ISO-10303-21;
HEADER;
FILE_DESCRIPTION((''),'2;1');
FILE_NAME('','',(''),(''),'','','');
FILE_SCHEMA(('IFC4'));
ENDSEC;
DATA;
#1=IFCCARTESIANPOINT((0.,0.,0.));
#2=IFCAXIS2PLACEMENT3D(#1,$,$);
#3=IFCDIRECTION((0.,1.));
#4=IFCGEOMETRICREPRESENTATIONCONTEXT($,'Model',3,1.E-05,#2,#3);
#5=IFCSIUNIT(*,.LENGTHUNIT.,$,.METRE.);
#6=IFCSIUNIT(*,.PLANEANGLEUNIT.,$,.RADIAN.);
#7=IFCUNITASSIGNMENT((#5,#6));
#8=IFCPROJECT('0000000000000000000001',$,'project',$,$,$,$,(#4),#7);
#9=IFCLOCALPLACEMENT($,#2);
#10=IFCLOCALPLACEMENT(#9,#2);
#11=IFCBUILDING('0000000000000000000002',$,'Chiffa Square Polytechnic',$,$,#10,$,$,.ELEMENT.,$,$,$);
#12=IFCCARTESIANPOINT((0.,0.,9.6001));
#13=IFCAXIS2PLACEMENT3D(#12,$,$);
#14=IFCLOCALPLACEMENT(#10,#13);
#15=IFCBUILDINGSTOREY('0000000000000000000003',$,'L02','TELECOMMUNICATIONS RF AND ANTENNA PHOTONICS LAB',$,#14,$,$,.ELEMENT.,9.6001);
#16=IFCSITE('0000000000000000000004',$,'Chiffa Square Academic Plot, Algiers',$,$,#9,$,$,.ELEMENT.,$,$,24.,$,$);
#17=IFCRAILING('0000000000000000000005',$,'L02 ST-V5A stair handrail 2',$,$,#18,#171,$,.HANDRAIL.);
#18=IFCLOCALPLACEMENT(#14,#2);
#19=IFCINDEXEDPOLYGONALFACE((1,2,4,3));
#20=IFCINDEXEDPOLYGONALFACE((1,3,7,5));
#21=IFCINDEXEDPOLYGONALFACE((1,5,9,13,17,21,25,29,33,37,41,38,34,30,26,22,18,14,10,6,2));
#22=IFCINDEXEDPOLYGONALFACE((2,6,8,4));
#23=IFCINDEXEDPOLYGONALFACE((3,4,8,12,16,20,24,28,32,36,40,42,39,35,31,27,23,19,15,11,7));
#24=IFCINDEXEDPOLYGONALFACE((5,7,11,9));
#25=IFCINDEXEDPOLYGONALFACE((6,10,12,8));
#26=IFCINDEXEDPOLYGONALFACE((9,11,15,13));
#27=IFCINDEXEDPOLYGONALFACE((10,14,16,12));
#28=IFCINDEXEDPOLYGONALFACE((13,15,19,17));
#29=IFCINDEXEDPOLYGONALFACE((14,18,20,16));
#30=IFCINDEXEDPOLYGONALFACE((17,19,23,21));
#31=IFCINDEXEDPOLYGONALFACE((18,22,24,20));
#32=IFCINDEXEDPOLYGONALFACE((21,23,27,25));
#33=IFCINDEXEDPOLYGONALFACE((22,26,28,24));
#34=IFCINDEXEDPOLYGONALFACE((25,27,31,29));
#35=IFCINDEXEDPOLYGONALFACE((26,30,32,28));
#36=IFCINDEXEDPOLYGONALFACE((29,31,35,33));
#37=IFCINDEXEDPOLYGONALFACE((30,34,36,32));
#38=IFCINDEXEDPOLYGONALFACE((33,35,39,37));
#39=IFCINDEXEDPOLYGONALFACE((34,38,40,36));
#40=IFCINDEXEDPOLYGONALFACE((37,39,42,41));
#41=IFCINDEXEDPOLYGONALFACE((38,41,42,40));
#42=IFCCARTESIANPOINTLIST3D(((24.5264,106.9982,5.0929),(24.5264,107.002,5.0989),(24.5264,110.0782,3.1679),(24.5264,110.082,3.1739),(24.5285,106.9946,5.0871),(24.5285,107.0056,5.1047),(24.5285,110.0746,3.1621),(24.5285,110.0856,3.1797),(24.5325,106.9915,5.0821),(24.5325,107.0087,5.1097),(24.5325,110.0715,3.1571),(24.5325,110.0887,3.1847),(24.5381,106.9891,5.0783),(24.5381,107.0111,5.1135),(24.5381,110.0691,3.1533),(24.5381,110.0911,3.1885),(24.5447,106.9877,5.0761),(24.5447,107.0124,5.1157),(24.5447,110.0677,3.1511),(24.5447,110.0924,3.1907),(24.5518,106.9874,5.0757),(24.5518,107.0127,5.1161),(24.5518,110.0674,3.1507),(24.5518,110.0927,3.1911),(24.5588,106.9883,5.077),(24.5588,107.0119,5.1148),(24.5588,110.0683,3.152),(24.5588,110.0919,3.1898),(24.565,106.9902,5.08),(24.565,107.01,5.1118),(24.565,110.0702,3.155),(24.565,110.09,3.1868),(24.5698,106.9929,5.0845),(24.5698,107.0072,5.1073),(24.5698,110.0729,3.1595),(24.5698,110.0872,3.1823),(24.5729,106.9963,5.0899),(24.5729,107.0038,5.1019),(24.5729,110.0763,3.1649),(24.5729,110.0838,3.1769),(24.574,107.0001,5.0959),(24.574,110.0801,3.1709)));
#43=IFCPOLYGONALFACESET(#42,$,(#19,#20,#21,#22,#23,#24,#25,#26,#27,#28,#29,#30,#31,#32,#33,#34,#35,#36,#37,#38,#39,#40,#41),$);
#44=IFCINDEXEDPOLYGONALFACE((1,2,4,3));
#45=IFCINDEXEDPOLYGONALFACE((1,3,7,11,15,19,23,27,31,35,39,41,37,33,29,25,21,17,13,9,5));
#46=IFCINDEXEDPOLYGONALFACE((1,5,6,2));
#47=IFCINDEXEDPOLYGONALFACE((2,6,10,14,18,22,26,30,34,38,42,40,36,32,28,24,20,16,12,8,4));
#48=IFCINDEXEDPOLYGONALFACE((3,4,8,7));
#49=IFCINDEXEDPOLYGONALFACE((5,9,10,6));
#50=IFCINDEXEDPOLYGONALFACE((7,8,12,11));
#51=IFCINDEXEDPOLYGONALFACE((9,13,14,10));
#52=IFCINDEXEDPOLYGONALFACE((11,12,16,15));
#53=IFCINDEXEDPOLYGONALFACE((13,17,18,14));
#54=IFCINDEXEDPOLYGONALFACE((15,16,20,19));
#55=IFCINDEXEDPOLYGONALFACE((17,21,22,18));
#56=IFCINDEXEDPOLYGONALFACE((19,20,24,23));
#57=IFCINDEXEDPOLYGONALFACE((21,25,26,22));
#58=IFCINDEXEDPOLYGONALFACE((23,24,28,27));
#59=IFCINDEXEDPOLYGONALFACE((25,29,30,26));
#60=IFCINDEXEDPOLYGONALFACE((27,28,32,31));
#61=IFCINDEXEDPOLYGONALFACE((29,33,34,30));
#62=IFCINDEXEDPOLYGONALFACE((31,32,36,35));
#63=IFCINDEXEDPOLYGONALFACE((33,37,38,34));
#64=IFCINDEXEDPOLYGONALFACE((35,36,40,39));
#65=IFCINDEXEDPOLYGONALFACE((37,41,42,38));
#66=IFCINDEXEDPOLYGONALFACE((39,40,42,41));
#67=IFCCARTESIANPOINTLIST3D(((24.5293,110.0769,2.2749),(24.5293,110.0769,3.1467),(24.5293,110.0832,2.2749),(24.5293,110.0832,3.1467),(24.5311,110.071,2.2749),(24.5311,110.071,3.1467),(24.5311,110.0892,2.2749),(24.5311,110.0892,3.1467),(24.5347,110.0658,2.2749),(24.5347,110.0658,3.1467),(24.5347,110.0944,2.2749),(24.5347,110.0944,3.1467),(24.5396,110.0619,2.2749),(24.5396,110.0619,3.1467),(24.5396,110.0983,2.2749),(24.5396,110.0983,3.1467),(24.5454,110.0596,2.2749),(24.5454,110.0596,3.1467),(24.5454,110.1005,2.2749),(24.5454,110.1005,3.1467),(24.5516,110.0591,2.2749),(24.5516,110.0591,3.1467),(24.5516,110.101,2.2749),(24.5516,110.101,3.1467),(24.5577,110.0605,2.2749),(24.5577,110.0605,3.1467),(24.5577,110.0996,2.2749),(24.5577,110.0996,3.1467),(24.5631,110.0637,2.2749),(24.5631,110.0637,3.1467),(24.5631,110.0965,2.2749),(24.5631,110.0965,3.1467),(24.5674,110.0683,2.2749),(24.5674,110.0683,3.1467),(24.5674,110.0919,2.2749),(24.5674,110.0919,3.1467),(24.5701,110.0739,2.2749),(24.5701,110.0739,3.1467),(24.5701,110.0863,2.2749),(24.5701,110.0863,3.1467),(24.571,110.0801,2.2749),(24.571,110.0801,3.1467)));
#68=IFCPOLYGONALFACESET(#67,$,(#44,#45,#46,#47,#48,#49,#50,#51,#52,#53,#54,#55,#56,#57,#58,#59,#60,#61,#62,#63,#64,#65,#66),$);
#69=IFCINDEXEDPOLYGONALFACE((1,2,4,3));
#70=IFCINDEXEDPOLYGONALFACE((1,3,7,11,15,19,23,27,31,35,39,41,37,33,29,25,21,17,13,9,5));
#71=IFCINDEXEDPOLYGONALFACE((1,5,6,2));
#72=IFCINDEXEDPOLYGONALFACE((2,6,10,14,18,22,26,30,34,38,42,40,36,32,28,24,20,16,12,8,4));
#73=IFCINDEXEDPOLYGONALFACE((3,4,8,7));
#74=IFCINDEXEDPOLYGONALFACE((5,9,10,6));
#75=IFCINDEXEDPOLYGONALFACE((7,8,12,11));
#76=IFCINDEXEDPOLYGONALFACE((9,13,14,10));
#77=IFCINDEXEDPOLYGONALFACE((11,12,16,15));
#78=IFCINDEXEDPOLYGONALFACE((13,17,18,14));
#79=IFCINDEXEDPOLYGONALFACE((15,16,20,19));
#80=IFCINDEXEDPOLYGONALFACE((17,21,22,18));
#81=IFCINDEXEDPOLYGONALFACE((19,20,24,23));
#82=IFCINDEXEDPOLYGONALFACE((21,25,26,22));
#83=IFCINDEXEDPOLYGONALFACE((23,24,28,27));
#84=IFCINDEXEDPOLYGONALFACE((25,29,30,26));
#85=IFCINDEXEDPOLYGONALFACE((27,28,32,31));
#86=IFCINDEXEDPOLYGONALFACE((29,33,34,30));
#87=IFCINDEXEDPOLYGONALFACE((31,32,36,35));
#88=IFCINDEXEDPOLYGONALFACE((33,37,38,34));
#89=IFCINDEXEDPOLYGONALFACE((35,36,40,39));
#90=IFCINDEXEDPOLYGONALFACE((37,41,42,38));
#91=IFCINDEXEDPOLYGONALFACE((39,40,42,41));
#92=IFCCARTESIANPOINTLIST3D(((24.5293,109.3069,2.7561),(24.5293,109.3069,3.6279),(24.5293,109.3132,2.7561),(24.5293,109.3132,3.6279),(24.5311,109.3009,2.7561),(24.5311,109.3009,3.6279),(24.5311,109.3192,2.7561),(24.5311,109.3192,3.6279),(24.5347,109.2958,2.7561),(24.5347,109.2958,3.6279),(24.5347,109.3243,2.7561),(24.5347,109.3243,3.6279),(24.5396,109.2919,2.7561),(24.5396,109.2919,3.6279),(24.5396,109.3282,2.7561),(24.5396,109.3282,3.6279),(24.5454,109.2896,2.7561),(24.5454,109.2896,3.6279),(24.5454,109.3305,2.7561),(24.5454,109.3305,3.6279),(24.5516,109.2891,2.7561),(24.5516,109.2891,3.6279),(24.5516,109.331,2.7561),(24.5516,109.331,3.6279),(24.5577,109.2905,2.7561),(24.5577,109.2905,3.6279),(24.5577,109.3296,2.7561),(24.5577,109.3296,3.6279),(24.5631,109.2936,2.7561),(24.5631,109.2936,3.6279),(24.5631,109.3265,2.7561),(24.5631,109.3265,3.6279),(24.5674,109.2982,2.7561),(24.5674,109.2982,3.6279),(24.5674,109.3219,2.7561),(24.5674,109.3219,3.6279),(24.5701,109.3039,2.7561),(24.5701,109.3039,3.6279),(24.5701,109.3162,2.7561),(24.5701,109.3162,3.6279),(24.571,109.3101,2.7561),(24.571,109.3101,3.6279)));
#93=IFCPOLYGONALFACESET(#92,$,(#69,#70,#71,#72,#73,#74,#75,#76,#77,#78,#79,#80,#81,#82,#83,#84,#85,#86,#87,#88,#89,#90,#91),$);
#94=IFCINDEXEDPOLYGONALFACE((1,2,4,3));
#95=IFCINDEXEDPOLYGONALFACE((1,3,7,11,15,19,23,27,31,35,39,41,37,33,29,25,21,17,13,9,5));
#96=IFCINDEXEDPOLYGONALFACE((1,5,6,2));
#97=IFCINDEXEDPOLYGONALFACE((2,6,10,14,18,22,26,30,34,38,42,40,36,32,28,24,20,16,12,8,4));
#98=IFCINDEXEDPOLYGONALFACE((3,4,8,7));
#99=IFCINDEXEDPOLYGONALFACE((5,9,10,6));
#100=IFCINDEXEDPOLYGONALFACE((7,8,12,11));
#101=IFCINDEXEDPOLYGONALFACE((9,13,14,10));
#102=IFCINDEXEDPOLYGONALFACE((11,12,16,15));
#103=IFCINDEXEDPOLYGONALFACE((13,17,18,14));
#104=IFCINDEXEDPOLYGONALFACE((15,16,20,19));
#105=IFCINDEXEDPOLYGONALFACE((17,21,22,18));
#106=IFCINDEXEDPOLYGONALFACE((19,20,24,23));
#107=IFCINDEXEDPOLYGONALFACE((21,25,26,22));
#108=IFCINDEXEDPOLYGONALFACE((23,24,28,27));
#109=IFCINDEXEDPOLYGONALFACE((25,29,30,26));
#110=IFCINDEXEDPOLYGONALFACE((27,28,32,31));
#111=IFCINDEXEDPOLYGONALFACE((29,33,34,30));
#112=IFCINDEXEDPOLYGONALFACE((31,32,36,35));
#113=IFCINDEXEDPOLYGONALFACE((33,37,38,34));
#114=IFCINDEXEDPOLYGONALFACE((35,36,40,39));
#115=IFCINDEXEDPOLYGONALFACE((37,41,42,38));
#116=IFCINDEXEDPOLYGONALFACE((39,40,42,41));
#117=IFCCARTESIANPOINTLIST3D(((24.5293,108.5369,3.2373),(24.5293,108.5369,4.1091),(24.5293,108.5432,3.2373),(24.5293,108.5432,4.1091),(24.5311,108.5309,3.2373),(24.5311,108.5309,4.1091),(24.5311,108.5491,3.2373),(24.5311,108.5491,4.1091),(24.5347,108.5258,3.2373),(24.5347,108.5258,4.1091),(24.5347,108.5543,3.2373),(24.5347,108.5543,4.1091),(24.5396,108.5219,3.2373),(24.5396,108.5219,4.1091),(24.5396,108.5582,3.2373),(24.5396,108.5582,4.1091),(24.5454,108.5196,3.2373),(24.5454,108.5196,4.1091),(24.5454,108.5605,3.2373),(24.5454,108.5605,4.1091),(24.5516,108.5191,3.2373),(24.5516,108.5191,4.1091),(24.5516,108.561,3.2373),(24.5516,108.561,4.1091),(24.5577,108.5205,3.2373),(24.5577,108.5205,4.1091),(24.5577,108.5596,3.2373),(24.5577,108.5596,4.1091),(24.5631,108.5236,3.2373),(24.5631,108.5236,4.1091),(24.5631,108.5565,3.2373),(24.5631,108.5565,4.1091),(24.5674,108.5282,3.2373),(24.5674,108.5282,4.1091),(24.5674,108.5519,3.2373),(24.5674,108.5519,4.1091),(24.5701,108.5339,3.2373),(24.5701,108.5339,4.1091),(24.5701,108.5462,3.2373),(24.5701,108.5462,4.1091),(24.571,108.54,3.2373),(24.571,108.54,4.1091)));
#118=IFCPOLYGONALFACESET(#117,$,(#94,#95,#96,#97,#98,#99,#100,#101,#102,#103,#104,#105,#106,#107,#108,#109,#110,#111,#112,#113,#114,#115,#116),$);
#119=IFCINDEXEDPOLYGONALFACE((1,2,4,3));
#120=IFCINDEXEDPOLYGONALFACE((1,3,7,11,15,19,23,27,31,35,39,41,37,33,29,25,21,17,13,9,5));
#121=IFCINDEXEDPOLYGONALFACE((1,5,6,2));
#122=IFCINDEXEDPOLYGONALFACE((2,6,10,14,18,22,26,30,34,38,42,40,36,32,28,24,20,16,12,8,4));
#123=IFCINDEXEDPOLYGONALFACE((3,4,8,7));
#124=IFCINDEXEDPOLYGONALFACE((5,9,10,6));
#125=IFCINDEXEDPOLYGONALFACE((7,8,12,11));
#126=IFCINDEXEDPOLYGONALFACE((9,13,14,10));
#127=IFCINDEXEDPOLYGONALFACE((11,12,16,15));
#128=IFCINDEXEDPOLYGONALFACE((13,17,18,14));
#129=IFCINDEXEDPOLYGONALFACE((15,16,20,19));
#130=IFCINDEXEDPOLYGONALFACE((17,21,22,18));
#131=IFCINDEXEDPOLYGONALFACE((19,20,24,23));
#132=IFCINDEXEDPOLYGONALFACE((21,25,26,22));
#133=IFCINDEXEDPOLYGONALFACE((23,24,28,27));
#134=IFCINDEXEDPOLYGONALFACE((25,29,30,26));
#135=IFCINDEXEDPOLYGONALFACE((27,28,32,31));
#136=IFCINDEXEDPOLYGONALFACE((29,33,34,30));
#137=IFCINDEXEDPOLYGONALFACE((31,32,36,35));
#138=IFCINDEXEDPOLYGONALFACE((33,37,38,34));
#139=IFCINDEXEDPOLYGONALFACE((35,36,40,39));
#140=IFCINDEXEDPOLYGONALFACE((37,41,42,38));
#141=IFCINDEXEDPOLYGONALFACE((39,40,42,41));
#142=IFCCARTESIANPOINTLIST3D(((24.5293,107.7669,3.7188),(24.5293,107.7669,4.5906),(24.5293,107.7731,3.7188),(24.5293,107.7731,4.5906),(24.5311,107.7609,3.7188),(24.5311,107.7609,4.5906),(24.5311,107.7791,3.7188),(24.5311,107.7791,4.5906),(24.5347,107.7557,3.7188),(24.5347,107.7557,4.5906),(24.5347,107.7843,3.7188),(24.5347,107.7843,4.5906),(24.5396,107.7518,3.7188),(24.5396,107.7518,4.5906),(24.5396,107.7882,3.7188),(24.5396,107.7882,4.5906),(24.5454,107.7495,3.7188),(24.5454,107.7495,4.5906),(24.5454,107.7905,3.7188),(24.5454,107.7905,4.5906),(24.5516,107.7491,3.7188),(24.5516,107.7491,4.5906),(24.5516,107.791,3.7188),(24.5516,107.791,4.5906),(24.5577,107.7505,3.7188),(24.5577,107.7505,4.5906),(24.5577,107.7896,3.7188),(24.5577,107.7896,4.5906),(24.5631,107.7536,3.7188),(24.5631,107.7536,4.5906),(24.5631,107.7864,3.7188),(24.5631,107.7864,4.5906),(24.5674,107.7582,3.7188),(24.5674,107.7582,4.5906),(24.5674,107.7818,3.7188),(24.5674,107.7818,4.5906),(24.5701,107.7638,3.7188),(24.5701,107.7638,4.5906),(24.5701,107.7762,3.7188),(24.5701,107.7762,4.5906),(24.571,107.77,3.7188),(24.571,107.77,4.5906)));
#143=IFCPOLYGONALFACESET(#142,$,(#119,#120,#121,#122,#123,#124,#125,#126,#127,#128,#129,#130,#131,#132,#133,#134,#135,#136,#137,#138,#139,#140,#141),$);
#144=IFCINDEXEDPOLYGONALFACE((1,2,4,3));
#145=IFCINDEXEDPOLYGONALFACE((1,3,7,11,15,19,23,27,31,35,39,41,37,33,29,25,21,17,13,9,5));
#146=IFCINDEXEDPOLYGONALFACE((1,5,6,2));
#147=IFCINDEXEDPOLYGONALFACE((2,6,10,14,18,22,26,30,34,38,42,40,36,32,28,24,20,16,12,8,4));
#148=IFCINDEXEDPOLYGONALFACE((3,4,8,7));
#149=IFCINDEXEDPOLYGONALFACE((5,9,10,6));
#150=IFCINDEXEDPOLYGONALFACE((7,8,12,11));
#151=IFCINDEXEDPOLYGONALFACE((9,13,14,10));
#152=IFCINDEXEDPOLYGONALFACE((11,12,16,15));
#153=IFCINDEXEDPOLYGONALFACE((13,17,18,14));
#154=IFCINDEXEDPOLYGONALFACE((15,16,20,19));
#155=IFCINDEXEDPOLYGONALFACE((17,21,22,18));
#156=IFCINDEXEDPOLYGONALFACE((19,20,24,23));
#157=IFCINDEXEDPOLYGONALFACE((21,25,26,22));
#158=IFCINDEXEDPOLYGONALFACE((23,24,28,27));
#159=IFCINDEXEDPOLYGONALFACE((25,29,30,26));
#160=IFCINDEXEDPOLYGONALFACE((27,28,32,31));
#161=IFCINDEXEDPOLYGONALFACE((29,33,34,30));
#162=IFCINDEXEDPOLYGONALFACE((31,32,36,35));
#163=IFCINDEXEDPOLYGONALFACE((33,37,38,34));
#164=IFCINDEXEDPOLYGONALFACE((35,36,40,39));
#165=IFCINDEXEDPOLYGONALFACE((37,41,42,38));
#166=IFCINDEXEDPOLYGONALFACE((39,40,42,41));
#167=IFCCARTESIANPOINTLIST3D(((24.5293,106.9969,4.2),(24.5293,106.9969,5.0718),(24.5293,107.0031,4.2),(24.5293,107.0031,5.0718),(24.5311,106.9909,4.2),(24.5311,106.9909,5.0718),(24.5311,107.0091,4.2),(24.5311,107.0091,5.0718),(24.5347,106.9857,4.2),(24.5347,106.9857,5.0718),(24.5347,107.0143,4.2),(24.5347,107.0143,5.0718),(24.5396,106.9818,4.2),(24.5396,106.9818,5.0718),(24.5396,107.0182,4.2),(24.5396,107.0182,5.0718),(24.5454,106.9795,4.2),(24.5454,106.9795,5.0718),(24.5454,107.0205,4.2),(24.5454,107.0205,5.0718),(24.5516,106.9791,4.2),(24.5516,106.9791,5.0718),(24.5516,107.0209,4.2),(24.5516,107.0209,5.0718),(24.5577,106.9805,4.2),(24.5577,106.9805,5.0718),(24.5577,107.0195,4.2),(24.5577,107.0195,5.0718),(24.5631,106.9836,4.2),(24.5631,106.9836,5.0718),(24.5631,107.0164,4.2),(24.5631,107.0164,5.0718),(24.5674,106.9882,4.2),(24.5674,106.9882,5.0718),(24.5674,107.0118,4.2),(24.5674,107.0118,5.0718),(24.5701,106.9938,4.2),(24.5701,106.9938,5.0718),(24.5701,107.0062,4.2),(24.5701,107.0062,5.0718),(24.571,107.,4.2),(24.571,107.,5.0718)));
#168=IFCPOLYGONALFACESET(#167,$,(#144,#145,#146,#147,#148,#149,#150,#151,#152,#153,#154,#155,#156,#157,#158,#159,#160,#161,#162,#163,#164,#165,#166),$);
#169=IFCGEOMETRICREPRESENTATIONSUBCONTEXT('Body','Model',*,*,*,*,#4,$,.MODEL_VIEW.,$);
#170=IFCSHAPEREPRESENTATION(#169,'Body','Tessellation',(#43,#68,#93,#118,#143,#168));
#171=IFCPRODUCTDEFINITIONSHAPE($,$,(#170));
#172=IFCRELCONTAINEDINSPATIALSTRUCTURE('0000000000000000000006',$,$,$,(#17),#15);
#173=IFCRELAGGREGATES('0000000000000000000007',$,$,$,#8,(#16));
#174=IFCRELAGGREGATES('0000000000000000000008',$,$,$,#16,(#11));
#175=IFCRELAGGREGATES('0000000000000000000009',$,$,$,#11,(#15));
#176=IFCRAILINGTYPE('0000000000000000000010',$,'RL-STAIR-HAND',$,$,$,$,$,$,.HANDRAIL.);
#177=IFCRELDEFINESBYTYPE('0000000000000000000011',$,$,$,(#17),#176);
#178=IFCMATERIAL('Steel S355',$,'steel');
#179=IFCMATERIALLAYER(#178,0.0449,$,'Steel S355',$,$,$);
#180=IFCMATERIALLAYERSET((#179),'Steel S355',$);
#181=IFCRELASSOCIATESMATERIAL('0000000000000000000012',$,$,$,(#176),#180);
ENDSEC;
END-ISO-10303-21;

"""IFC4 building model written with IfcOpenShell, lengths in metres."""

from ifc_helpers import new_model, si_unit, direction, frame, origin, origin_2d, place, context, subcontext, project, spatial, circle, extrude, material, layer, layer_set, type_object, element, save


model = new_model("IFC4")

# Units and contexts
model_context = context("Model", 3, precision=1e-05, world=origin(), true_north=direction((0.0, 1.0)))
body_context = subcontext(model_context, "Body", "Model", "MODEL_VIEW")
ifc_project = project(units=[si_unit("LENGTHUNIT", "METRE"), si_unit("PLANEANGLEUNIT", "RADIAN")], contexts=[model_context])

# Site, building, storey
site_placement = place(None, origin())
site = spatial("IfcSite", under=ifc_project, at=site_placement, Name="Chiffa Square Academic Plot, Algiers", CompositionType="ELEMENT", RefElevation=24.0)
building_placement = place(site_placement, origin())
building = spatial("IfcBuilding", under=site, at=building_placement, Name="Chiffa Square Polytechnic", CompositionType="ELEMENT")
storey_placement = place(building_placement, frame((0.0, 0.0, 9.6001)))
storey = spatial("IfcBuildingStorey", under=building, at=storey_placement, Name="L02", Description="TELECOMMUNICATIONS RF AND ANTENNA PHOTONICS LAB", CompositionType="ELEMENT", Elevation=9.6001)

# Railing
ifc_material_1 = material(Name="Steel S355", Category="steel")
ifc_layer_1 = layer(ifc_material_1, 0.0449, Name="Steel S355")
ifc_layer_set_1 = layer_set([ifc_layer_1], Name="Steel S355")
railing_type_1 = type_object("IfcRailingType", Name="RL-STAIR-HAND", PredefinedType="HANDRAIL", material=ifc_layer_set_1)
railing_1_placement = place(storey_placement, frame((24.55, 110.0801, 2.2749)))
element("IfcRailing", 1, at=railing_1_placement, inside=storey, type_object=railing_type_1, Name="L02 ST-V5A stair handrail 2", PredefinedType="HANDRAIL", context=body_context, shape_type="SweptSolid", body=[
    extrude(circle(Radius=0.0239, at=origin_2d()), frame((0.0, 0.0, 0.896), z_axis=(0.0, -0.847998, 0.529999), x_axis=(1.0, 0.0, 0.0)), (0.0, 0.0, 1.0), 3.6321),
    extrude(circle(Radius=0.021, at=origin_2d()), origin(), (0.0, 0.0, 1.0), 0.8718),
    extrude(circle(Radius=0.021, at=origin_2d()), frame((0.0, -0.77, 0.4812)), (0.0, 0.0, 1.0), 0.8718),
    extrude(circle(Radius=0.021, at=origin_2d()), frame((0.0, -1.54, 0.9624)), (0.0, 0.0, 1.0), 0.8718),
    extrude(circle(Radius=0.021, at=origin_2d()), frame((0.0, -2.3101, 1.4438)), (0.0, 0.0, 1.0), 0.8718),
    extrude(circle(Radius=0.021, at=origin_2d()), frame((0.0, -3.0801, 1.925)), (0.0, 0.0, 1.0), 0.8718),
])

save(model, "model.ifc")
